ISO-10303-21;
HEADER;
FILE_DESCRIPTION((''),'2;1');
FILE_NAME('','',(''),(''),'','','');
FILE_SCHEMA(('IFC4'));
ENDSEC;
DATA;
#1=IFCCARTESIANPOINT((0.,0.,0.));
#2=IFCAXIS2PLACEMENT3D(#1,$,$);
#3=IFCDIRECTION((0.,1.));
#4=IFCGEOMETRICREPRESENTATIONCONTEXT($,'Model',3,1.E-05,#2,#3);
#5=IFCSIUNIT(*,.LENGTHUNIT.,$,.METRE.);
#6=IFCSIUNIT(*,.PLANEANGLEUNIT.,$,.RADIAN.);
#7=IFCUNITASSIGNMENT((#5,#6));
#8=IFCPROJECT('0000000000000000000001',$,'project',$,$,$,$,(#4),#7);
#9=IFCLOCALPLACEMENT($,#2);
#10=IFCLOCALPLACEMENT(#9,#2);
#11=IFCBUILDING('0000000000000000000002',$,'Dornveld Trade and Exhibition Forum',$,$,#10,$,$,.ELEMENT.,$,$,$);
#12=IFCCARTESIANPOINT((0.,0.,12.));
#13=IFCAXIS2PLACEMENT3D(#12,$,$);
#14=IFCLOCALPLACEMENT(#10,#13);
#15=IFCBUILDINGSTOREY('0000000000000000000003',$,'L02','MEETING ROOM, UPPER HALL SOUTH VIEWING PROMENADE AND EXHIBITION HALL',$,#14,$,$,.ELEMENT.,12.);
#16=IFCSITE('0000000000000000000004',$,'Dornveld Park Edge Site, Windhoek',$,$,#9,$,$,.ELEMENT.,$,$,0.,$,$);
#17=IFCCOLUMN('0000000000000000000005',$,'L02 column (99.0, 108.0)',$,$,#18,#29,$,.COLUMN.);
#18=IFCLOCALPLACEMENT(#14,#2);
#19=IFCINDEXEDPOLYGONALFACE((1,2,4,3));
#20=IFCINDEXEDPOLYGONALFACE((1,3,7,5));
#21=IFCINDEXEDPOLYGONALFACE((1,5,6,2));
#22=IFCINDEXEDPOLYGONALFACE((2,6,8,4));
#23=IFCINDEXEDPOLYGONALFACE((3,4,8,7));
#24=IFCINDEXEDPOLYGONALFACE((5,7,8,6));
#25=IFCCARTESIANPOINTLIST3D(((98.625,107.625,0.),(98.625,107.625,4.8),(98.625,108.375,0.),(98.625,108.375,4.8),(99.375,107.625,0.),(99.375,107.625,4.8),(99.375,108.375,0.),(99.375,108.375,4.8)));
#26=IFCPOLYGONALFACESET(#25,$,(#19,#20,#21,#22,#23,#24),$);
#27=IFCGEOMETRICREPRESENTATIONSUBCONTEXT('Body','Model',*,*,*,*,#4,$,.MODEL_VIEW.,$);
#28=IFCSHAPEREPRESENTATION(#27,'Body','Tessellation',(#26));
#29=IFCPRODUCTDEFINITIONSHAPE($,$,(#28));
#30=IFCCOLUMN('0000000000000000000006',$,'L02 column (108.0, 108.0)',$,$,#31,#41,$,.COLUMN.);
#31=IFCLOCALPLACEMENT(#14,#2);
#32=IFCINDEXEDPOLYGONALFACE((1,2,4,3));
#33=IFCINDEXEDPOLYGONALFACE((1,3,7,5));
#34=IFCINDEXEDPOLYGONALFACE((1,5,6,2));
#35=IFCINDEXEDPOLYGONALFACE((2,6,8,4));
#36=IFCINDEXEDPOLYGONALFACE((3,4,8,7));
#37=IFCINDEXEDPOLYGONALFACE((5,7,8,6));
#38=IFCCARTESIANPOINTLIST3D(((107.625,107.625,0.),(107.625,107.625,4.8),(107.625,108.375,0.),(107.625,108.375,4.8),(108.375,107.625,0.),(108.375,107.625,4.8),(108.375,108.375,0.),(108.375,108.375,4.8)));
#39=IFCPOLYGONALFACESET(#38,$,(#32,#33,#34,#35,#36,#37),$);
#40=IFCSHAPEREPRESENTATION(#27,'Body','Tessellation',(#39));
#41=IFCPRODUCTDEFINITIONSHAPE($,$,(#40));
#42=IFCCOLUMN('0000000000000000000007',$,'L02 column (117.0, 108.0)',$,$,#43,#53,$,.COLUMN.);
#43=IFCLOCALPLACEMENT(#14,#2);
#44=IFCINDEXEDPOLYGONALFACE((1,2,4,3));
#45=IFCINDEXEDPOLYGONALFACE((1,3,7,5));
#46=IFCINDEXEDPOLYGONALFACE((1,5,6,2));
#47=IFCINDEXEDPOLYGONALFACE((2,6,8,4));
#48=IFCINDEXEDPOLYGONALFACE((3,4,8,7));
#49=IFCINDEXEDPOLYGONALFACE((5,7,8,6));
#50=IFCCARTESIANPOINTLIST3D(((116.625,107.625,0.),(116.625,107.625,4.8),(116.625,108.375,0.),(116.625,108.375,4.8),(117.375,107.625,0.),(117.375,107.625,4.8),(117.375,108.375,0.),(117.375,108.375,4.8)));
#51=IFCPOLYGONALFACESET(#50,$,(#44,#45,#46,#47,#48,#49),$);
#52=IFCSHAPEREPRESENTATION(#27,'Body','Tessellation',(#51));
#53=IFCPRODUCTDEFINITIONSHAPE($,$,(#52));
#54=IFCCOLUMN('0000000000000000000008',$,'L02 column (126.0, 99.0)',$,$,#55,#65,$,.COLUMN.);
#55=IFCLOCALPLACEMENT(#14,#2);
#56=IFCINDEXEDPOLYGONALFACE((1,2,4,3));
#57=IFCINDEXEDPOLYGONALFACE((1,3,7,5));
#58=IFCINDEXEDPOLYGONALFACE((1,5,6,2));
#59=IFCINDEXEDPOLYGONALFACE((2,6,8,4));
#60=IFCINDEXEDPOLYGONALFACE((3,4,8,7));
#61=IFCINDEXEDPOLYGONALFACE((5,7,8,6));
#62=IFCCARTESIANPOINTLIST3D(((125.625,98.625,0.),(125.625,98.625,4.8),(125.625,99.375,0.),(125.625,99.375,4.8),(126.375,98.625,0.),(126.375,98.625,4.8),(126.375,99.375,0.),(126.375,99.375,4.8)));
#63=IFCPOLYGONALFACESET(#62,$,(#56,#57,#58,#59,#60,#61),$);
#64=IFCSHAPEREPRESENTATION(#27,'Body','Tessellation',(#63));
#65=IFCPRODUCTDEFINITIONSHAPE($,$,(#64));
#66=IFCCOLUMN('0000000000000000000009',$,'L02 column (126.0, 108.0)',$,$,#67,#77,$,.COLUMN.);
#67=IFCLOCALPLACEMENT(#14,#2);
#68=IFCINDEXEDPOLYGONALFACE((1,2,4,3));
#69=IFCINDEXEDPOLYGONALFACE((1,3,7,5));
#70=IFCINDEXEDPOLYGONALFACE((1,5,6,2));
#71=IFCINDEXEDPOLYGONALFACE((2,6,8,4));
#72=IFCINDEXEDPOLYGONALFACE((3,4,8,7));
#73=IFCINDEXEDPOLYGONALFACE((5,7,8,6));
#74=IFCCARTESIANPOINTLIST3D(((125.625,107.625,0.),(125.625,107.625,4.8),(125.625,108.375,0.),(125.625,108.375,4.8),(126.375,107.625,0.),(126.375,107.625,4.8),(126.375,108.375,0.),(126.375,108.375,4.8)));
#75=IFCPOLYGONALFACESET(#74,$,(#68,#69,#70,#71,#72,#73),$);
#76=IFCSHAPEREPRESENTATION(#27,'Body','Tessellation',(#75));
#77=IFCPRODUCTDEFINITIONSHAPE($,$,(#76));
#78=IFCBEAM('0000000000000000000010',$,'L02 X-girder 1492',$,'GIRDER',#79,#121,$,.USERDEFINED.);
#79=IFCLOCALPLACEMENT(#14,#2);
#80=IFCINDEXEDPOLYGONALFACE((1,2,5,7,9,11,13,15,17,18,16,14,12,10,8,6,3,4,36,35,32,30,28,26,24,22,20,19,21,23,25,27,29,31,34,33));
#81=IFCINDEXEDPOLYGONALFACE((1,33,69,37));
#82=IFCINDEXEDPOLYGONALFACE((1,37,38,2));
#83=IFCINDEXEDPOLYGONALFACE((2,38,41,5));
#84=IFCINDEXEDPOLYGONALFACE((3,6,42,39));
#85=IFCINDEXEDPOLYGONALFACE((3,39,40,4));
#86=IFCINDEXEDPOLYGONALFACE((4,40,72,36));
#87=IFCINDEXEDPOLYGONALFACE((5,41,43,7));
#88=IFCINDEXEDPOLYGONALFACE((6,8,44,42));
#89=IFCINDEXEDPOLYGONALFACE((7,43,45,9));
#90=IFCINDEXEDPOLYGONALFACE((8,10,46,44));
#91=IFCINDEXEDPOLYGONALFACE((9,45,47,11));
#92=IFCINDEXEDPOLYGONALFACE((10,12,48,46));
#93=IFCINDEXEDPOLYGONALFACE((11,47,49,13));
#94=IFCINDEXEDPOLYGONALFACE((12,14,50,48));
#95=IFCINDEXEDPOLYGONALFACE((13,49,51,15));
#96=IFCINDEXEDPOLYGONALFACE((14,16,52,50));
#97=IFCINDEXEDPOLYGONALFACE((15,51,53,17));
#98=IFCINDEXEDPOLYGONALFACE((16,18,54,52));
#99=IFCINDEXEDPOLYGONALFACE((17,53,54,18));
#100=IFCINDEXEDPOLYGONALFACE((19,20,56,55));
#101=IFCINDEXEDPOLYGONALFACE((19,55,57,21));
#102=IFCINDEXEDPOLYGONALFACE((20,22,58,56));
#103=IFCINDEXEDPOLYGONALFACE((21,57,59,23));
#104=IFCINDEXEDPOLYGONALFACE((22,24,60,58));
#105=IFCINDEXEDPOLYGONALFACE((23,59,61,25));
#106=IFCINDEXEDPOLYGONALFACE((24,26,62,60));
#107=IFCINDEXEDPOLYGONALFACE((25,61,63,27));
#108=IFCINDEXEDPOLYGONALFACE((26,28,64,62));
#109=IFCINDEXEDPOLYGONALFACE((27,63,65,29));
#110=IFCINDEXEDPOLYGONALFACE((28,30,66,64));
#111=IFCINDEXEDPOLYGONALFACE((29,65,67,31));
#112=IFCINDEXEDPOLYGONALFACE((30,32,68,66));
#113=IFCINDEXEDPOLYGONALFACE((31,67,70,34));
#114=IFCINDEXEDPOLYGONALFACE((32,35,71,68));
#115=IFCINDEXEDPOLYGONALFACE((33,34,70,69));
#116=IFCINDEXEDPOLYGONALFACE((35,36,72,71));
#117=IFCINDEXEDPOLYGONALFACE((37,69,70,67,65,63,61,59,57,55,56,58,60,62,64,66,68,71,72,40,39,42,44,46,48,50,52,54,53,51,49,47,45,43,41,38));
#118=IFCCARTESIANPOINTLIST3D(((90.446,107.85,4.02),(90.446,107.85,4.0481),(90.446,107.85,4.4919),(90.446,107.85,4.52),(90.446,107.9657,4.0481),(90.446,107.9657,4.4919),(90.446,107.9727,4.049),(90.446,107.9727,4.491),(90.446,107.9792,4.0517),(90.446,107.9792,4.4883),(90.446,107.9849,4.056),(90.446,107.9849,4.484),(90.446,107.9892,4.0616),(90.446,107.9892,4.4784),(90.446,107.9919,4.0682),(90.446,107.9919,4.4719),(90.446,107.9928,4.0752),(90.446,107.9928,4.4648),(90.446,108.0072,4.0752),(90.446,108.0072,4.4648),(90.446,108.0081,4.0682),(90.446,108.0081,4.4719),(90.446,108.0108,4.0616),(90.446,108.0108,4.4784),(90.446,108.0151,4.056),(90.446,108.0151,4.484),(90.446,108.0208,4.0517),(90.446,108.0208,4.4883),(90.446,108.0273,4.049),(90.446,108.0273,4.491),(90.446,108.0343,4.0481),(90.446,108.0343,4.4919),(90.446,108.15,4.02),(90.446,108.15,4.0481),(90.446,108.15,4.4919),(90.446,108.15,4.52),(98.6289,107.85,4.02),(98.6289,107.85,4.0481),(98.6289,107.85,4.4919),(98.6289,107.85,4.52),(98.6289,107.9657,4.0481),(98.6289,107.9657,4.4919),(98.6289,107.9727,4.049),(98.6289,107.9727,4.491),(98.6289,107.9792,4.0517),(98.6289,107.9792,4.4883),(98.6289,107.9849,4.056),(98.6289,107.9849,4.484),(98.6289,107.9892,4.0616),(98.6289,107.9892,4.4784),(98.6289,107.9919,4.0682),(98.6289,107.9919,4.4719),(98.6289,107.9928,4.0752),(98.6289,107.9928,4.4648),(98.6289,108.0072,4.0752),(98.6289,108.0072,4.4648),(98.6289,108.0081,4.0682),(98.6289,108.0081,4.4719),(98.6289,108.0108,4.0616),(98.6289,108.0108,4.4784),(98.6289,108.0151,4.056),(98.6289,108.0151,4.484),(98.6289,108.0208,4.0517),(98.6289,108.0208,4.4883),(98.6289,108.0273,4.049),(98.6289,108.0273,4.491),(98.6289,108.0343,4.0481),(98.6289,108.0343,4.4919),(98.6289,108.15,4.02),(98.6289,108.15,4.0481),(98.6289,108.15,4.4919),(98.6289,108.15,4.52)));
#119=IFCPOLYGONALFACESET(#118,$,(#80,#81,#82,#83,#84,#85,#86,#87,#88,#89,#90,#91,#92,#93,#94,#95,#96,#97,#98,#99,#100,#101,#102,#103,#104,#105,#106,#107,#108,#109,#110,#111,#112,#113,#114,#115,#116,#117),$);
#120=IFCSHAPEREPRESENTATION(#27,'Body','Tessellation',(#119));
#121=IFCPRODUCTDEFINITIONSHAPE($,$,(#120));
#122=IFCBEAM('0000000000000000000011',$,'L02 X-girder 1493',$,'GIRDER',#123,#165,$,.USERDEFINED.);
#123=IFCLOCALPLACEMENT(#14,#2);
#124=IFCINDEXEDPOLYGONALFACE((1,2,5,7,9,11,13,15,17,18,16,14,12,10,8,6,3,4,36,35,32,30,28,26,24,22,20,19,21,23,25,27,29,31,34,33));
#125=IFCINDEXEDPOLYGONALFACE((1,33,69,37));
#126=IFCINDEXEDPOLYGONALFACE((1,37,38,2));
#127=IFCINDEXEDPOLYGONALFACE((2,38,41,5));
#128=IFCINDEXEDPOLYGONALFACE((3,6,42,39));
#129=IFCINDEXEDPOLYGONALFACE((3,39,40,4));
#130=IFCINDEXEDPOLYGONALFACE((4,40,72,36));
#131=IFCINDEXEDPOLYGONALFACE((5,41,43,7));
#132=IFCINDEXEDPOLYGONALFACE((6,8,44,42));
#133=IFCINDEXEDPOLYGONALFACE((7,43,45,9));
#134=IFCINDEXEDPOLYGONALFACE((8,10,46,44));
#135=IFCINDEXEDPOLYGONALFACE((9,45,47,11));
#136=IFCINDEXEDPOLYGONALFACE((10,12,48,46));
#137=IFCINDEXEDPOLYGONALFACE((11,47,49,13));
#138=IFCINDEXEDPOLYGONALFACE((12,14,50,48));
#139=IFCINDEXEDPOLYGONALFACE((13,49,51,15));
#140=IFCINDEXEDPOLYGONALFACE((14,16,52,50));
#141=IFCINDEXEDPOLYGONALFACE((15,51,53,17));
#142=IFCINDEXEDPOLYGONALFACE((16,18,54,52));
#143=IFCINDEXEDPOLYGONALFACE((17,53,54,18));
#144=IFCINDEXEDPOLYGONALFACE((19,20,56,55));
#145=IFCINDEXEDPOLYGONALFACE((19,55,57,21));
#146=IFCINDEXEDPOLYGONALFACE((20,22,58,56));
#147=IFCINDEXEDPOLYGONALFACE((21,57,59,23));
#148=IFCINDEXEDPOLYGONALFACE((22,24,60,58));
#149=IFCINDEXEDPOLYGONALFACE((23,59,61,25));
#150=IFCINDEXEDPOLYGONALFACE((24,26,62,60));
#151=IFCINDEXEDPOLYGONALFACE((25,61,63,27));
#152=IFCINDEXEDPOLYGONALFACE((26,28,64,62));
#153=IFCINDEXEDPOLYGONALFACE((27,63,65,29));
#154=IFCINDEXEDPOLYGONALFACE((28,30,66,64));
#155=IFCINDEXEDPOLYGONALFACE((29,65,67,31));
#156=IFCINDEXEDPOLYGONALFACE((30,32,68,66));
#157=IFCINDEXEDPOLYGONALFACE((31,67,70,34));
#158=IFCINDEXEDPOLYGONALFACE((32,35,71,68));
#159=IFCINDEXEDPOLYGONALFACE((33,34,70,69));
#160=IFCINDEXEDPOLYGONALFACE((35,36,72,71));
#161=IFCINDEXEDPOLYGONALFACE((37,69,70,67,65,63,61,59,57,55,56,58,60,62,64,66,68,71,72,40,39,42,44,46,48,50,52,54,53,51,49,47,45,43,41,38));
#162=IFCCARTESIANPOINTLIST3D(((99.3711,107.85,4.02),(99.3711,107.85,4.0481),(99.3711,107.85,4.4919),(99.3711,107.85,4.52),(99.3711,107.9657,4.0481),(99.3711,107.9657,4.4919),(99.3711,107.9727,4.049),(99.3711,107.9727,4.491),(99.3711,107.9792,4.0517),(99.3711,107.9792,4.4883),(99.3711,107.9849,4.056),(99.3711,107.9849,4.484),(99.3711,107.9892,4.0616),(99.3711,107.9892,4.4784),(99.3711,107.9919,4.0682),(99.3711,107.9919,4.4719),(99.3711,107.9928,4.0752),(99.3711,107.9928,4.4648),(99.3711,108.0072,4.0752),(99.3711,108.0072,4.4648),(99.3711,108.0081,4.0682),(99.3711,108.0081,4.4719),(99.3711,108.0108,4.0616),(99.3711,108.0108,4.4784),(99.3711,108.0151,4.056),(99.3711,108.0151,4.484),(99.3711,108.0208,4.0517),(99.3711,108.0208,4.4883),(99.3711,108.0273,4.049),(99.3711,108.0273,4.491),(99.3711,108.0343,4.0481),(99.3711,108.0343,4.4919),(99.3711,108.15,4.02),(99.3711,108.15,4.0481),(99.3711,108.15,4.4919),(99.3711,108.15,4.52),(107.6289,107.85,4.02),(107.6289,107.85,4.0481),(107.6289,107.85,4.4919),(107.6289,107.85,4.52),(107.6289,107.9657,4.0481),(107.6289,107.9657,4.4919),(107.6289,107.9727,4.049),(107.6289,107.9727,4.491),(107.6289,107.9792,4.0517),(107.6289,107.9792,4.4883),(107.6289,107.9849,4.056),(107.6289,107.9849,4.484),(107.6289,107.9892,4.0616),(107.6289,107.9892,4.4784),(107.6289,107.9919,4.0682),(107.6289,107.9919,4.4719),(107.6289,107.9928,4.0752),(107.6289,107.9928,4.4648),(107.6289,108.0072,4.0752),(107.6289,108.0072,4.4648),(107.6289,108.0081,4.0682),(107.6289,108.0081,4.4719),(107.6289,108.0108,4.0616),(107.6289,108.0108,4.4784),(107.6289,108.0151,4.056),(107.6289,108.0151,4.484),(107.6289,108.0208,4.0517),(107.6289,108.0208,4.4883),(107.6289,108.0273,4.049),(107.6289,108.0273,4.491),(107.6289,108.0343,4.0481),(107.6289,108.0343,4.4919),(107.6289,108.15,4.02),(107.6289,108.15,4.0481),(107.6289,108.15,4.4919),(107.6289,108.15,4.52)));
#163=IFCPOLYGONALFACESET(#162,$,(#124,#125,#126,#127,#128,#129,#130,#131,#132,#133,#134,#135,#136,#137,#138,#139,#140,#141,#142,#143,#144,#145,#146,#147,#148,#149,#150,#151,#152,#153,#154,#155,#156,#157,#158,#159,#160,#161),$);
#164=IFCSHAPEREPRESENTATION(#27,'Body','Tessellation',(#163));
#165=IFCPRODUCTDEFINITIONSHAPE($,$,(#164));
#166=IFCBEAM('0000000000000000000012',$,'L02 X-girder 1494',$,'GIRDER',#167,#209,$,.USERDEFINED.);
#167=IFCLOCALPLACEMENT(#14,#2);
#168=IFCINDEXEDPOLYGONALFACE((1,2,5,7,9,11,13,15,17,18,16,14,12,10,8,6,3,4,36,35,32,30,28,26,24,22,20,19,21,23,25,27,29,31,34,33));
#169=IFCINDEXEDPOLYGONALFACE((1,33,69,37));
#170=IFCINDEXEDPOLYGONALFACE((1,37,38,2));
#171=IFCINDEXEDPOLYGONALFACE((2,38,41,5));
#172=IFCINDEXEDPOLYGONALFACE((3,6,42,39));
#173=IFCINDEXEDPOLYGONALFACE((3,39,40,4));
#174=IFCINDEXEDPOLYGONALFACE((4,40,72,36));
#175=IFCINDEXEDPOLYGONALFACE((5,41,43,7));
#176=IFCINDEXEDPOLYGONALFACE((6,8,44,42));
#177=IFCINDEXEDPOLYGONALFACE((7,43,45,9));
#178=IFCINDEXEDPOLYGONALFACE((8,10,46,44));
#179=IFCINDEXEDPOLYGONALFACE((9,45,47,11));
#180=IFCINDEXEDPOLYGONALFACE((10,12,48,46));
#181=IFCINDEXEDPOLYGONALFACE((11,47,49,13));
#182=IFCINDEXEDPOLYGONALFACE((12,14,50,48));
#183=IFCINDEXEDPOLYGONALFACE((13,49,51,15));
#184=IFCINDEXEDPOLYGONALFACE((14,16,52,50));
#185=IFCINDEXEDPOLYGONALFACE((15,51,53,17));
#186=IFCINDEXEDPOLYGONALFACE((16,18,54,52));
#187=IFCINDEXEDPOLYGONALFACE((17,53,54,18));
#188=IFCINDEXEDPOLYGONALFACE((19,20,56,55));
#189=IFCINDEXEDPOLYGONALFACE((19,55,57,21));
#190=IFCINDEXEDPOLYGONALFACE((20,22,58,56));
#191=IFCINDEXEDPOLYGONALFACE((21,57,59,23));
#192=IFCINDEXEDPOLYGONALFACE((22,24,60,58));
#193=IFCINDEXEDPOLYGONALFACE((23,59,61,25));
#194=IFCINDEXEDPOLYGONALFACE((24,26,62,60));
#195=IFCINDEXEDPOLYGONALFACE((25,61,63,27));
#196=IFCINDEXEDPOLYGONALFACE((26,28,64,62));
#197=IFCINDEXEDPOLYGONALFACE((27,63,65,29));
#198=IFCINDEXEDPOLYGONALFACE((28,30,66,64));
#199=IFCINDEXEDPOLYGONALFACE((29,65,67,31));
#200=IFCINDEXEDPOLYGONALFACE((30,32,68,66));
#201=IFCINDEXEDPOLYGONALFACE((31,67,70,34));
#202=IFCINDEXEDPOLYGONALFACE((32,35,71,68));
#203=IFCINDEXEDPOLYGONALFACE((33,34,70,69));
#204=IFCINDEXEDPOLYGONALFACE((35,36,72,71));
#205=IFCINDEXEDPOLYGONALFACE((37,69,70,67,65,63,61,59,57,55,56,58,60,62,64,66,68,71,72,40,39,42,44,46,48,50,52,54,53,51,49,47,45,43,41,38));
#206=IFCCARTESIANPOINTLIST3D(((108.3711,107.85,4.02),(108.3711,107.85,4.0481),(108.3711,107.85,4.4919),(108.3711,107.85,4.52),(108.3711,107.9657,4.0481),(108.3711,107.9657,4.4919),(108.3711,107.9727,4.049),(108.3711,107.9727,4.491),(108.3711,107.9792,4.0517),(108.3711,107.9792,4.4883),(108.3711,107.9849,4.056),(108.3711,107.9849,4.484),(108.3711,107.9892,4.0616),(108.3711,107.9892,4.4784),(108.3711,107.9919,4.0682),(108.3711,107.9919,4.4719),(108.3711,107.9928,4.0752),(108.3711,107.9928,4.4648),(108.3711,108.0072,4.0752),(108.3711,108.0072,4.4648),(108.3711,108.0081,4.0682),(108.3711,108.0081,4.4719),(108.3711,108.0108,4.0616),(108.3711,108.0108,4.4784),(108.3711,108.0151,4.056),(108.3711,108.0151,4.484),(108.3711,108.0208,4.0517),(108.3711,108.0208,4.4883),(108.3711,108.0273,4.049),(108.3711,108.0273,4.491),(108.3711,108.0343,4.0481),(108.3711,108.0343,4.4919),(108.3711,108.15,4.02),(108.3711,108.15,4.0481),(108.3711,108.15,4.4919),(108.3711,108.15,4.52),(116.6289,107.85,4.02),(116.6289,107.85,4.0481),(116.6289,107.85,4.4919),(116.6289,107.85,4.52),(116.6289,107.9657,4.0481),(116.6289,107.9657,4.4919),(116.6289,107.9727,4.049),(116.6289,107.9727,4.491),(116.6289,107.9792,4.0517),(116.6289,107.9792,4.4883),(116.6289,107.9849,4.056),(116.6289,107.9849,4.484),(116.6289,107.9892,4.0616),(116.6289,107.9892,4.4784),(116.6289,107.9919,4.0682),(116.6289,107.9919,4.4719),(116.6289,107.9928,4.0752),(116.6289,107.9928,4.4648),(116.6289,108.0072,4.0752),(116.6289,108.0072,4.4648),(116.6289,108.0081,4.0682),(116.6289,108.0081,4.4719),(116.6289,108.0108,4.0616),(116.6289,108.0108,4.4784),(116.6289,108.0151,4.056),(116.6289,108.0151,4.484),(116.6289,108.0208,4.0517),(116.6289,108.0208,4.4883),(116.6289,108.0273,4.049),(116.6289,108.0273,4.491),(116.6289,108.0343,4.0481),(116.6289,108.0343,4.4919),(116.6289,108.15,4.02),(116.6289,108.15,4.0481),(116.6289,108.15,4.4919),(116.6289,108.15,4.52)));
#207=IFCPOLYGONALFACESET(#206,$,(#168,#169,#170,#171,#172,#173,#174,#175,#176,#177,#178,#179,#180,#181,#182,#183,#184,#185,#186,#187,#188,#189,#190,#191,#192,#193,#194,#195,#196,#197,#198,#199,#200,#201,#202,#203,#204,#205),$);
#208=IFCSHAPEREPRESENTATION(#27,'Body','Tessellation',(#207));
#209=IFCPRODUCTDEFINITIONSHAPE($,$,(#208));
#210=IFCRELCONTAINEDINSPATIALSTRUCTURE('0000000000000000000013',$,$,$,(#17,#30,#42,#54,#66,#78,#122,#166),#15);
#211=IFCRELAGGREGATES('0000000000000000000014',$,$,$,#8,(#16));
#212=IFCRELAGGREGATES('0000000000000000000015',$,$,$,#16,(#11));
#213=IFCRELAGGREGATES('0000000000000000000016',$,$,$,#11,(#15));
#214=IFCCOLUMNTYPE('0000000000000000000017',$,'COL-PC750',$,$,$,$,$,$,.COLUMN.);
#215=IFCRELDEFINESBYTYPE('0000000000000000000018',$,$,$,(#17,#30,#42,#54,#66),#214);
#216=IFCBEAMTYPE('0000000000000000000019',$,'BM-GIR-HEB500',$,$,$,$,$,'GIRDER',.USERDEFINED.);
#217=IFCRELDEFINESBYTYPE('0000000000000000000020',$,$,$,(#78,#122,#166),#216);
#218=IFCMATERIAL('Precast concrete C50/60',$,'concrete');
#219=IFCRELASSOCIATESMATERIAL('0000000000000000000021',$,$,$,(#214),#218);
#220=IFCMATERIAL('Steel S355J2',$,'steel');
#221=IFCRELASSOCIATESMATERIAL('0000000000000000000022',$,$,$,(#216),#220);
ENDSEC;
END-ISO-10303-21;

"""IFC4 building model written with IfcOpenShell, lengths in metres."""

from ifc_helpers import new_model, si_unit, direction, frame, origin, origin_2d, place, context, subcontext, project, spatial, rectangle, i_section, extrude, material, material_profile, profile_set, type_object, element, save


model = new_model("IFC4")

# Units and contexts
model_context = context("Model", 3, precision=1e-05, world=origin(), true_north=direction((0.0, 1.0)))
body_context = subcontext(model_context, "Body", "Model", "MODEL_VIEW")
ifc_project = project(units=[si_unit("LENGTHUNIT", "METRE"), si_unit("PLANEANGLEUNIT", "RADIAN")], contexts=[model_context])

# Site, building, storey
site_placement = place(None, origin())
site = spatial("IfcSite", under=ifc_project, at=site_placement, Name="Dornveld Park Edge Site, Windhoek", CompositionType="ELEMENT", RefElevation=0.0)
building_placement = place(site_placement, origin())
building = spatial("IfcBuilding", under=site, at=building_placement, Name="Dornveld Trade and Exhibition Forum", CompositionType="ELEMENT")
storey_placement = place(building_placement, frame((0.0, 0.0, 12.0)))
storey = spatial("IfcBuildingStorey", under=building, at=storey_placement, Name="L02", Description="MEETING ROOM, UPPER HALL SOUTH VIEWING PROMENADE AND EXHIBITION HALL", CompositionType="ELEMENT", Elevation=12.0)

# Columns
ifc_material_1 = material(Name="Precast concrete C50/60", Category="concrete")
ifc_material_profile_1 = material_profile(ifc_material_1, rectangle(XDim=0.75, YDim=0.75, at=origin_2d()), Name="PC-COL 750x750")
ifc_profile_set_1 = profile_set([ifc_material_profile_1], Name="Precast concrete C50/60")
column_type = type_object("IfcColumnType", Name="COL-PC750", PredefinedType="COLUMN", material=ifc_profile_set_1)
for number, where, z_axis, x_axis, name in (
    (1, (99.0, 108.0, 0.0), (0.0, 0.0, 1.0), (1.0, 0.0, 0.0), "L02 column (99.0, 108.0)"),
    (2, (108.0, 108.0, 0.0), (0.0, 0.0, 1.0), (1.0, 0.0, 0.0), "L02 column (108.0, 108.0)"),
    (3, (117.0, 108.0, 0.0), (0.0, 0.0, 1.0), (1.0, 0.0, 0.0), "L02 column (117.0, 108.0)"),
    (4, (126.0, 99.0, 0.0), (0.0, 0.0, 1.0), (1.0, 0.0, 0.0), "L02 column (126.0, 99.0)"),
    (5, (126.0, 108.0, 0.0), (0.0, 0.0, 1.0), (1.0, 0.0, 0.0), "L02 column (126.0, 108.0)"),
):
    element("IfcColumn", number, at=place(storey_placement, frame(where, z_axis=z_axis, x_axis=x_axis)), inside=storey, type_object=column_type, Name=name, PredefinedType="COLUMN", context=body_context, shape_type="SweptSolid", body=[
        extrude(rectangle(XDim=0.75, YDim=0.75, at=origin_2d()), origin(), (0.0, 0.0, 1.0), 4.8),
    ])

# Beams
ifc_material_2 = material(Name="Steel S355J2", Category="steel")
ifc_material_profile_2 = material_profile(ifc_material_2, i_section(OverallWidth=0.3, OverallDepth=0.5, WebThickness=0.0144, FlangeThickness=0.0281, FilletRadius=0.0271, at=origin_2d()), Name="HEB 500")
ifc_profile_set_2 = profile_set([ifc_material_profile_2], Name="Steel S355J2")
beam_type_1 = type_object("IfcBeamType", Name="BM-GIR-HEB500", ElementType="GIRDER", PredefinedType="USERDEFINED", material=ifc_profile_set_2)
beam_placement = place(storey_placement, frame((90.446, 108.0, 4.27), z_axis=(1.0, 0.0, 0.0), x_axis=(0.0, 1.0, 0.0)))
element("IfcBeam", 6, at=beam_placement, inside=storey, type_object=beam_type_1, Name="L02 X-girder 1492", ObjectType="GIRDER", PredefinedType="USERDEFINED", context=body_context, shape_type="SweptSolid", body=[
    extrude(i_section(OverallWidth=0.3, OverallDepth=0.5, WebThickness=0.0144, FlangeThickness=0.0281, FilletRadius=0.0271, at=origin_2d()), origin(), (0.0, 0.0, 1.0), 8.1829),
])
for number, where, z_axis, x_axis, name in (
    (7, (99.3711, 108.0, 4.27), (1.0, 0.0, 0.0), (0.0, 1.0, 0.0), "L02 X-girder 1493"),
    (8, (108.3711, 108.0, 4.27), (1.0, 0.0, 0.0), (0.0, 1.0, 0.0), "L02 X-girder 1494"),
):
    element("IfcBeam", number, at=place(storey_placement, frame(where, z_axis=z_axis, x_axis=x_axis)), inside=storey, type_object=beam_type_1, Name=name, ObjectType="GIRDER", PredefinedType="USERDEFINED", context=body_context, shape_type="SweptSolid", body=[
        extrude(i_section(OverallWidth=0.3, OverallDepth=0.5, WebThickness=0.0144, FlangeThickness=0.0281, FilletRadius=0.0271, at=origin_2d()), origin(), (0.0, 0.0, 1.0), 8.2578),
    ])

save(model, "model.ifc")
